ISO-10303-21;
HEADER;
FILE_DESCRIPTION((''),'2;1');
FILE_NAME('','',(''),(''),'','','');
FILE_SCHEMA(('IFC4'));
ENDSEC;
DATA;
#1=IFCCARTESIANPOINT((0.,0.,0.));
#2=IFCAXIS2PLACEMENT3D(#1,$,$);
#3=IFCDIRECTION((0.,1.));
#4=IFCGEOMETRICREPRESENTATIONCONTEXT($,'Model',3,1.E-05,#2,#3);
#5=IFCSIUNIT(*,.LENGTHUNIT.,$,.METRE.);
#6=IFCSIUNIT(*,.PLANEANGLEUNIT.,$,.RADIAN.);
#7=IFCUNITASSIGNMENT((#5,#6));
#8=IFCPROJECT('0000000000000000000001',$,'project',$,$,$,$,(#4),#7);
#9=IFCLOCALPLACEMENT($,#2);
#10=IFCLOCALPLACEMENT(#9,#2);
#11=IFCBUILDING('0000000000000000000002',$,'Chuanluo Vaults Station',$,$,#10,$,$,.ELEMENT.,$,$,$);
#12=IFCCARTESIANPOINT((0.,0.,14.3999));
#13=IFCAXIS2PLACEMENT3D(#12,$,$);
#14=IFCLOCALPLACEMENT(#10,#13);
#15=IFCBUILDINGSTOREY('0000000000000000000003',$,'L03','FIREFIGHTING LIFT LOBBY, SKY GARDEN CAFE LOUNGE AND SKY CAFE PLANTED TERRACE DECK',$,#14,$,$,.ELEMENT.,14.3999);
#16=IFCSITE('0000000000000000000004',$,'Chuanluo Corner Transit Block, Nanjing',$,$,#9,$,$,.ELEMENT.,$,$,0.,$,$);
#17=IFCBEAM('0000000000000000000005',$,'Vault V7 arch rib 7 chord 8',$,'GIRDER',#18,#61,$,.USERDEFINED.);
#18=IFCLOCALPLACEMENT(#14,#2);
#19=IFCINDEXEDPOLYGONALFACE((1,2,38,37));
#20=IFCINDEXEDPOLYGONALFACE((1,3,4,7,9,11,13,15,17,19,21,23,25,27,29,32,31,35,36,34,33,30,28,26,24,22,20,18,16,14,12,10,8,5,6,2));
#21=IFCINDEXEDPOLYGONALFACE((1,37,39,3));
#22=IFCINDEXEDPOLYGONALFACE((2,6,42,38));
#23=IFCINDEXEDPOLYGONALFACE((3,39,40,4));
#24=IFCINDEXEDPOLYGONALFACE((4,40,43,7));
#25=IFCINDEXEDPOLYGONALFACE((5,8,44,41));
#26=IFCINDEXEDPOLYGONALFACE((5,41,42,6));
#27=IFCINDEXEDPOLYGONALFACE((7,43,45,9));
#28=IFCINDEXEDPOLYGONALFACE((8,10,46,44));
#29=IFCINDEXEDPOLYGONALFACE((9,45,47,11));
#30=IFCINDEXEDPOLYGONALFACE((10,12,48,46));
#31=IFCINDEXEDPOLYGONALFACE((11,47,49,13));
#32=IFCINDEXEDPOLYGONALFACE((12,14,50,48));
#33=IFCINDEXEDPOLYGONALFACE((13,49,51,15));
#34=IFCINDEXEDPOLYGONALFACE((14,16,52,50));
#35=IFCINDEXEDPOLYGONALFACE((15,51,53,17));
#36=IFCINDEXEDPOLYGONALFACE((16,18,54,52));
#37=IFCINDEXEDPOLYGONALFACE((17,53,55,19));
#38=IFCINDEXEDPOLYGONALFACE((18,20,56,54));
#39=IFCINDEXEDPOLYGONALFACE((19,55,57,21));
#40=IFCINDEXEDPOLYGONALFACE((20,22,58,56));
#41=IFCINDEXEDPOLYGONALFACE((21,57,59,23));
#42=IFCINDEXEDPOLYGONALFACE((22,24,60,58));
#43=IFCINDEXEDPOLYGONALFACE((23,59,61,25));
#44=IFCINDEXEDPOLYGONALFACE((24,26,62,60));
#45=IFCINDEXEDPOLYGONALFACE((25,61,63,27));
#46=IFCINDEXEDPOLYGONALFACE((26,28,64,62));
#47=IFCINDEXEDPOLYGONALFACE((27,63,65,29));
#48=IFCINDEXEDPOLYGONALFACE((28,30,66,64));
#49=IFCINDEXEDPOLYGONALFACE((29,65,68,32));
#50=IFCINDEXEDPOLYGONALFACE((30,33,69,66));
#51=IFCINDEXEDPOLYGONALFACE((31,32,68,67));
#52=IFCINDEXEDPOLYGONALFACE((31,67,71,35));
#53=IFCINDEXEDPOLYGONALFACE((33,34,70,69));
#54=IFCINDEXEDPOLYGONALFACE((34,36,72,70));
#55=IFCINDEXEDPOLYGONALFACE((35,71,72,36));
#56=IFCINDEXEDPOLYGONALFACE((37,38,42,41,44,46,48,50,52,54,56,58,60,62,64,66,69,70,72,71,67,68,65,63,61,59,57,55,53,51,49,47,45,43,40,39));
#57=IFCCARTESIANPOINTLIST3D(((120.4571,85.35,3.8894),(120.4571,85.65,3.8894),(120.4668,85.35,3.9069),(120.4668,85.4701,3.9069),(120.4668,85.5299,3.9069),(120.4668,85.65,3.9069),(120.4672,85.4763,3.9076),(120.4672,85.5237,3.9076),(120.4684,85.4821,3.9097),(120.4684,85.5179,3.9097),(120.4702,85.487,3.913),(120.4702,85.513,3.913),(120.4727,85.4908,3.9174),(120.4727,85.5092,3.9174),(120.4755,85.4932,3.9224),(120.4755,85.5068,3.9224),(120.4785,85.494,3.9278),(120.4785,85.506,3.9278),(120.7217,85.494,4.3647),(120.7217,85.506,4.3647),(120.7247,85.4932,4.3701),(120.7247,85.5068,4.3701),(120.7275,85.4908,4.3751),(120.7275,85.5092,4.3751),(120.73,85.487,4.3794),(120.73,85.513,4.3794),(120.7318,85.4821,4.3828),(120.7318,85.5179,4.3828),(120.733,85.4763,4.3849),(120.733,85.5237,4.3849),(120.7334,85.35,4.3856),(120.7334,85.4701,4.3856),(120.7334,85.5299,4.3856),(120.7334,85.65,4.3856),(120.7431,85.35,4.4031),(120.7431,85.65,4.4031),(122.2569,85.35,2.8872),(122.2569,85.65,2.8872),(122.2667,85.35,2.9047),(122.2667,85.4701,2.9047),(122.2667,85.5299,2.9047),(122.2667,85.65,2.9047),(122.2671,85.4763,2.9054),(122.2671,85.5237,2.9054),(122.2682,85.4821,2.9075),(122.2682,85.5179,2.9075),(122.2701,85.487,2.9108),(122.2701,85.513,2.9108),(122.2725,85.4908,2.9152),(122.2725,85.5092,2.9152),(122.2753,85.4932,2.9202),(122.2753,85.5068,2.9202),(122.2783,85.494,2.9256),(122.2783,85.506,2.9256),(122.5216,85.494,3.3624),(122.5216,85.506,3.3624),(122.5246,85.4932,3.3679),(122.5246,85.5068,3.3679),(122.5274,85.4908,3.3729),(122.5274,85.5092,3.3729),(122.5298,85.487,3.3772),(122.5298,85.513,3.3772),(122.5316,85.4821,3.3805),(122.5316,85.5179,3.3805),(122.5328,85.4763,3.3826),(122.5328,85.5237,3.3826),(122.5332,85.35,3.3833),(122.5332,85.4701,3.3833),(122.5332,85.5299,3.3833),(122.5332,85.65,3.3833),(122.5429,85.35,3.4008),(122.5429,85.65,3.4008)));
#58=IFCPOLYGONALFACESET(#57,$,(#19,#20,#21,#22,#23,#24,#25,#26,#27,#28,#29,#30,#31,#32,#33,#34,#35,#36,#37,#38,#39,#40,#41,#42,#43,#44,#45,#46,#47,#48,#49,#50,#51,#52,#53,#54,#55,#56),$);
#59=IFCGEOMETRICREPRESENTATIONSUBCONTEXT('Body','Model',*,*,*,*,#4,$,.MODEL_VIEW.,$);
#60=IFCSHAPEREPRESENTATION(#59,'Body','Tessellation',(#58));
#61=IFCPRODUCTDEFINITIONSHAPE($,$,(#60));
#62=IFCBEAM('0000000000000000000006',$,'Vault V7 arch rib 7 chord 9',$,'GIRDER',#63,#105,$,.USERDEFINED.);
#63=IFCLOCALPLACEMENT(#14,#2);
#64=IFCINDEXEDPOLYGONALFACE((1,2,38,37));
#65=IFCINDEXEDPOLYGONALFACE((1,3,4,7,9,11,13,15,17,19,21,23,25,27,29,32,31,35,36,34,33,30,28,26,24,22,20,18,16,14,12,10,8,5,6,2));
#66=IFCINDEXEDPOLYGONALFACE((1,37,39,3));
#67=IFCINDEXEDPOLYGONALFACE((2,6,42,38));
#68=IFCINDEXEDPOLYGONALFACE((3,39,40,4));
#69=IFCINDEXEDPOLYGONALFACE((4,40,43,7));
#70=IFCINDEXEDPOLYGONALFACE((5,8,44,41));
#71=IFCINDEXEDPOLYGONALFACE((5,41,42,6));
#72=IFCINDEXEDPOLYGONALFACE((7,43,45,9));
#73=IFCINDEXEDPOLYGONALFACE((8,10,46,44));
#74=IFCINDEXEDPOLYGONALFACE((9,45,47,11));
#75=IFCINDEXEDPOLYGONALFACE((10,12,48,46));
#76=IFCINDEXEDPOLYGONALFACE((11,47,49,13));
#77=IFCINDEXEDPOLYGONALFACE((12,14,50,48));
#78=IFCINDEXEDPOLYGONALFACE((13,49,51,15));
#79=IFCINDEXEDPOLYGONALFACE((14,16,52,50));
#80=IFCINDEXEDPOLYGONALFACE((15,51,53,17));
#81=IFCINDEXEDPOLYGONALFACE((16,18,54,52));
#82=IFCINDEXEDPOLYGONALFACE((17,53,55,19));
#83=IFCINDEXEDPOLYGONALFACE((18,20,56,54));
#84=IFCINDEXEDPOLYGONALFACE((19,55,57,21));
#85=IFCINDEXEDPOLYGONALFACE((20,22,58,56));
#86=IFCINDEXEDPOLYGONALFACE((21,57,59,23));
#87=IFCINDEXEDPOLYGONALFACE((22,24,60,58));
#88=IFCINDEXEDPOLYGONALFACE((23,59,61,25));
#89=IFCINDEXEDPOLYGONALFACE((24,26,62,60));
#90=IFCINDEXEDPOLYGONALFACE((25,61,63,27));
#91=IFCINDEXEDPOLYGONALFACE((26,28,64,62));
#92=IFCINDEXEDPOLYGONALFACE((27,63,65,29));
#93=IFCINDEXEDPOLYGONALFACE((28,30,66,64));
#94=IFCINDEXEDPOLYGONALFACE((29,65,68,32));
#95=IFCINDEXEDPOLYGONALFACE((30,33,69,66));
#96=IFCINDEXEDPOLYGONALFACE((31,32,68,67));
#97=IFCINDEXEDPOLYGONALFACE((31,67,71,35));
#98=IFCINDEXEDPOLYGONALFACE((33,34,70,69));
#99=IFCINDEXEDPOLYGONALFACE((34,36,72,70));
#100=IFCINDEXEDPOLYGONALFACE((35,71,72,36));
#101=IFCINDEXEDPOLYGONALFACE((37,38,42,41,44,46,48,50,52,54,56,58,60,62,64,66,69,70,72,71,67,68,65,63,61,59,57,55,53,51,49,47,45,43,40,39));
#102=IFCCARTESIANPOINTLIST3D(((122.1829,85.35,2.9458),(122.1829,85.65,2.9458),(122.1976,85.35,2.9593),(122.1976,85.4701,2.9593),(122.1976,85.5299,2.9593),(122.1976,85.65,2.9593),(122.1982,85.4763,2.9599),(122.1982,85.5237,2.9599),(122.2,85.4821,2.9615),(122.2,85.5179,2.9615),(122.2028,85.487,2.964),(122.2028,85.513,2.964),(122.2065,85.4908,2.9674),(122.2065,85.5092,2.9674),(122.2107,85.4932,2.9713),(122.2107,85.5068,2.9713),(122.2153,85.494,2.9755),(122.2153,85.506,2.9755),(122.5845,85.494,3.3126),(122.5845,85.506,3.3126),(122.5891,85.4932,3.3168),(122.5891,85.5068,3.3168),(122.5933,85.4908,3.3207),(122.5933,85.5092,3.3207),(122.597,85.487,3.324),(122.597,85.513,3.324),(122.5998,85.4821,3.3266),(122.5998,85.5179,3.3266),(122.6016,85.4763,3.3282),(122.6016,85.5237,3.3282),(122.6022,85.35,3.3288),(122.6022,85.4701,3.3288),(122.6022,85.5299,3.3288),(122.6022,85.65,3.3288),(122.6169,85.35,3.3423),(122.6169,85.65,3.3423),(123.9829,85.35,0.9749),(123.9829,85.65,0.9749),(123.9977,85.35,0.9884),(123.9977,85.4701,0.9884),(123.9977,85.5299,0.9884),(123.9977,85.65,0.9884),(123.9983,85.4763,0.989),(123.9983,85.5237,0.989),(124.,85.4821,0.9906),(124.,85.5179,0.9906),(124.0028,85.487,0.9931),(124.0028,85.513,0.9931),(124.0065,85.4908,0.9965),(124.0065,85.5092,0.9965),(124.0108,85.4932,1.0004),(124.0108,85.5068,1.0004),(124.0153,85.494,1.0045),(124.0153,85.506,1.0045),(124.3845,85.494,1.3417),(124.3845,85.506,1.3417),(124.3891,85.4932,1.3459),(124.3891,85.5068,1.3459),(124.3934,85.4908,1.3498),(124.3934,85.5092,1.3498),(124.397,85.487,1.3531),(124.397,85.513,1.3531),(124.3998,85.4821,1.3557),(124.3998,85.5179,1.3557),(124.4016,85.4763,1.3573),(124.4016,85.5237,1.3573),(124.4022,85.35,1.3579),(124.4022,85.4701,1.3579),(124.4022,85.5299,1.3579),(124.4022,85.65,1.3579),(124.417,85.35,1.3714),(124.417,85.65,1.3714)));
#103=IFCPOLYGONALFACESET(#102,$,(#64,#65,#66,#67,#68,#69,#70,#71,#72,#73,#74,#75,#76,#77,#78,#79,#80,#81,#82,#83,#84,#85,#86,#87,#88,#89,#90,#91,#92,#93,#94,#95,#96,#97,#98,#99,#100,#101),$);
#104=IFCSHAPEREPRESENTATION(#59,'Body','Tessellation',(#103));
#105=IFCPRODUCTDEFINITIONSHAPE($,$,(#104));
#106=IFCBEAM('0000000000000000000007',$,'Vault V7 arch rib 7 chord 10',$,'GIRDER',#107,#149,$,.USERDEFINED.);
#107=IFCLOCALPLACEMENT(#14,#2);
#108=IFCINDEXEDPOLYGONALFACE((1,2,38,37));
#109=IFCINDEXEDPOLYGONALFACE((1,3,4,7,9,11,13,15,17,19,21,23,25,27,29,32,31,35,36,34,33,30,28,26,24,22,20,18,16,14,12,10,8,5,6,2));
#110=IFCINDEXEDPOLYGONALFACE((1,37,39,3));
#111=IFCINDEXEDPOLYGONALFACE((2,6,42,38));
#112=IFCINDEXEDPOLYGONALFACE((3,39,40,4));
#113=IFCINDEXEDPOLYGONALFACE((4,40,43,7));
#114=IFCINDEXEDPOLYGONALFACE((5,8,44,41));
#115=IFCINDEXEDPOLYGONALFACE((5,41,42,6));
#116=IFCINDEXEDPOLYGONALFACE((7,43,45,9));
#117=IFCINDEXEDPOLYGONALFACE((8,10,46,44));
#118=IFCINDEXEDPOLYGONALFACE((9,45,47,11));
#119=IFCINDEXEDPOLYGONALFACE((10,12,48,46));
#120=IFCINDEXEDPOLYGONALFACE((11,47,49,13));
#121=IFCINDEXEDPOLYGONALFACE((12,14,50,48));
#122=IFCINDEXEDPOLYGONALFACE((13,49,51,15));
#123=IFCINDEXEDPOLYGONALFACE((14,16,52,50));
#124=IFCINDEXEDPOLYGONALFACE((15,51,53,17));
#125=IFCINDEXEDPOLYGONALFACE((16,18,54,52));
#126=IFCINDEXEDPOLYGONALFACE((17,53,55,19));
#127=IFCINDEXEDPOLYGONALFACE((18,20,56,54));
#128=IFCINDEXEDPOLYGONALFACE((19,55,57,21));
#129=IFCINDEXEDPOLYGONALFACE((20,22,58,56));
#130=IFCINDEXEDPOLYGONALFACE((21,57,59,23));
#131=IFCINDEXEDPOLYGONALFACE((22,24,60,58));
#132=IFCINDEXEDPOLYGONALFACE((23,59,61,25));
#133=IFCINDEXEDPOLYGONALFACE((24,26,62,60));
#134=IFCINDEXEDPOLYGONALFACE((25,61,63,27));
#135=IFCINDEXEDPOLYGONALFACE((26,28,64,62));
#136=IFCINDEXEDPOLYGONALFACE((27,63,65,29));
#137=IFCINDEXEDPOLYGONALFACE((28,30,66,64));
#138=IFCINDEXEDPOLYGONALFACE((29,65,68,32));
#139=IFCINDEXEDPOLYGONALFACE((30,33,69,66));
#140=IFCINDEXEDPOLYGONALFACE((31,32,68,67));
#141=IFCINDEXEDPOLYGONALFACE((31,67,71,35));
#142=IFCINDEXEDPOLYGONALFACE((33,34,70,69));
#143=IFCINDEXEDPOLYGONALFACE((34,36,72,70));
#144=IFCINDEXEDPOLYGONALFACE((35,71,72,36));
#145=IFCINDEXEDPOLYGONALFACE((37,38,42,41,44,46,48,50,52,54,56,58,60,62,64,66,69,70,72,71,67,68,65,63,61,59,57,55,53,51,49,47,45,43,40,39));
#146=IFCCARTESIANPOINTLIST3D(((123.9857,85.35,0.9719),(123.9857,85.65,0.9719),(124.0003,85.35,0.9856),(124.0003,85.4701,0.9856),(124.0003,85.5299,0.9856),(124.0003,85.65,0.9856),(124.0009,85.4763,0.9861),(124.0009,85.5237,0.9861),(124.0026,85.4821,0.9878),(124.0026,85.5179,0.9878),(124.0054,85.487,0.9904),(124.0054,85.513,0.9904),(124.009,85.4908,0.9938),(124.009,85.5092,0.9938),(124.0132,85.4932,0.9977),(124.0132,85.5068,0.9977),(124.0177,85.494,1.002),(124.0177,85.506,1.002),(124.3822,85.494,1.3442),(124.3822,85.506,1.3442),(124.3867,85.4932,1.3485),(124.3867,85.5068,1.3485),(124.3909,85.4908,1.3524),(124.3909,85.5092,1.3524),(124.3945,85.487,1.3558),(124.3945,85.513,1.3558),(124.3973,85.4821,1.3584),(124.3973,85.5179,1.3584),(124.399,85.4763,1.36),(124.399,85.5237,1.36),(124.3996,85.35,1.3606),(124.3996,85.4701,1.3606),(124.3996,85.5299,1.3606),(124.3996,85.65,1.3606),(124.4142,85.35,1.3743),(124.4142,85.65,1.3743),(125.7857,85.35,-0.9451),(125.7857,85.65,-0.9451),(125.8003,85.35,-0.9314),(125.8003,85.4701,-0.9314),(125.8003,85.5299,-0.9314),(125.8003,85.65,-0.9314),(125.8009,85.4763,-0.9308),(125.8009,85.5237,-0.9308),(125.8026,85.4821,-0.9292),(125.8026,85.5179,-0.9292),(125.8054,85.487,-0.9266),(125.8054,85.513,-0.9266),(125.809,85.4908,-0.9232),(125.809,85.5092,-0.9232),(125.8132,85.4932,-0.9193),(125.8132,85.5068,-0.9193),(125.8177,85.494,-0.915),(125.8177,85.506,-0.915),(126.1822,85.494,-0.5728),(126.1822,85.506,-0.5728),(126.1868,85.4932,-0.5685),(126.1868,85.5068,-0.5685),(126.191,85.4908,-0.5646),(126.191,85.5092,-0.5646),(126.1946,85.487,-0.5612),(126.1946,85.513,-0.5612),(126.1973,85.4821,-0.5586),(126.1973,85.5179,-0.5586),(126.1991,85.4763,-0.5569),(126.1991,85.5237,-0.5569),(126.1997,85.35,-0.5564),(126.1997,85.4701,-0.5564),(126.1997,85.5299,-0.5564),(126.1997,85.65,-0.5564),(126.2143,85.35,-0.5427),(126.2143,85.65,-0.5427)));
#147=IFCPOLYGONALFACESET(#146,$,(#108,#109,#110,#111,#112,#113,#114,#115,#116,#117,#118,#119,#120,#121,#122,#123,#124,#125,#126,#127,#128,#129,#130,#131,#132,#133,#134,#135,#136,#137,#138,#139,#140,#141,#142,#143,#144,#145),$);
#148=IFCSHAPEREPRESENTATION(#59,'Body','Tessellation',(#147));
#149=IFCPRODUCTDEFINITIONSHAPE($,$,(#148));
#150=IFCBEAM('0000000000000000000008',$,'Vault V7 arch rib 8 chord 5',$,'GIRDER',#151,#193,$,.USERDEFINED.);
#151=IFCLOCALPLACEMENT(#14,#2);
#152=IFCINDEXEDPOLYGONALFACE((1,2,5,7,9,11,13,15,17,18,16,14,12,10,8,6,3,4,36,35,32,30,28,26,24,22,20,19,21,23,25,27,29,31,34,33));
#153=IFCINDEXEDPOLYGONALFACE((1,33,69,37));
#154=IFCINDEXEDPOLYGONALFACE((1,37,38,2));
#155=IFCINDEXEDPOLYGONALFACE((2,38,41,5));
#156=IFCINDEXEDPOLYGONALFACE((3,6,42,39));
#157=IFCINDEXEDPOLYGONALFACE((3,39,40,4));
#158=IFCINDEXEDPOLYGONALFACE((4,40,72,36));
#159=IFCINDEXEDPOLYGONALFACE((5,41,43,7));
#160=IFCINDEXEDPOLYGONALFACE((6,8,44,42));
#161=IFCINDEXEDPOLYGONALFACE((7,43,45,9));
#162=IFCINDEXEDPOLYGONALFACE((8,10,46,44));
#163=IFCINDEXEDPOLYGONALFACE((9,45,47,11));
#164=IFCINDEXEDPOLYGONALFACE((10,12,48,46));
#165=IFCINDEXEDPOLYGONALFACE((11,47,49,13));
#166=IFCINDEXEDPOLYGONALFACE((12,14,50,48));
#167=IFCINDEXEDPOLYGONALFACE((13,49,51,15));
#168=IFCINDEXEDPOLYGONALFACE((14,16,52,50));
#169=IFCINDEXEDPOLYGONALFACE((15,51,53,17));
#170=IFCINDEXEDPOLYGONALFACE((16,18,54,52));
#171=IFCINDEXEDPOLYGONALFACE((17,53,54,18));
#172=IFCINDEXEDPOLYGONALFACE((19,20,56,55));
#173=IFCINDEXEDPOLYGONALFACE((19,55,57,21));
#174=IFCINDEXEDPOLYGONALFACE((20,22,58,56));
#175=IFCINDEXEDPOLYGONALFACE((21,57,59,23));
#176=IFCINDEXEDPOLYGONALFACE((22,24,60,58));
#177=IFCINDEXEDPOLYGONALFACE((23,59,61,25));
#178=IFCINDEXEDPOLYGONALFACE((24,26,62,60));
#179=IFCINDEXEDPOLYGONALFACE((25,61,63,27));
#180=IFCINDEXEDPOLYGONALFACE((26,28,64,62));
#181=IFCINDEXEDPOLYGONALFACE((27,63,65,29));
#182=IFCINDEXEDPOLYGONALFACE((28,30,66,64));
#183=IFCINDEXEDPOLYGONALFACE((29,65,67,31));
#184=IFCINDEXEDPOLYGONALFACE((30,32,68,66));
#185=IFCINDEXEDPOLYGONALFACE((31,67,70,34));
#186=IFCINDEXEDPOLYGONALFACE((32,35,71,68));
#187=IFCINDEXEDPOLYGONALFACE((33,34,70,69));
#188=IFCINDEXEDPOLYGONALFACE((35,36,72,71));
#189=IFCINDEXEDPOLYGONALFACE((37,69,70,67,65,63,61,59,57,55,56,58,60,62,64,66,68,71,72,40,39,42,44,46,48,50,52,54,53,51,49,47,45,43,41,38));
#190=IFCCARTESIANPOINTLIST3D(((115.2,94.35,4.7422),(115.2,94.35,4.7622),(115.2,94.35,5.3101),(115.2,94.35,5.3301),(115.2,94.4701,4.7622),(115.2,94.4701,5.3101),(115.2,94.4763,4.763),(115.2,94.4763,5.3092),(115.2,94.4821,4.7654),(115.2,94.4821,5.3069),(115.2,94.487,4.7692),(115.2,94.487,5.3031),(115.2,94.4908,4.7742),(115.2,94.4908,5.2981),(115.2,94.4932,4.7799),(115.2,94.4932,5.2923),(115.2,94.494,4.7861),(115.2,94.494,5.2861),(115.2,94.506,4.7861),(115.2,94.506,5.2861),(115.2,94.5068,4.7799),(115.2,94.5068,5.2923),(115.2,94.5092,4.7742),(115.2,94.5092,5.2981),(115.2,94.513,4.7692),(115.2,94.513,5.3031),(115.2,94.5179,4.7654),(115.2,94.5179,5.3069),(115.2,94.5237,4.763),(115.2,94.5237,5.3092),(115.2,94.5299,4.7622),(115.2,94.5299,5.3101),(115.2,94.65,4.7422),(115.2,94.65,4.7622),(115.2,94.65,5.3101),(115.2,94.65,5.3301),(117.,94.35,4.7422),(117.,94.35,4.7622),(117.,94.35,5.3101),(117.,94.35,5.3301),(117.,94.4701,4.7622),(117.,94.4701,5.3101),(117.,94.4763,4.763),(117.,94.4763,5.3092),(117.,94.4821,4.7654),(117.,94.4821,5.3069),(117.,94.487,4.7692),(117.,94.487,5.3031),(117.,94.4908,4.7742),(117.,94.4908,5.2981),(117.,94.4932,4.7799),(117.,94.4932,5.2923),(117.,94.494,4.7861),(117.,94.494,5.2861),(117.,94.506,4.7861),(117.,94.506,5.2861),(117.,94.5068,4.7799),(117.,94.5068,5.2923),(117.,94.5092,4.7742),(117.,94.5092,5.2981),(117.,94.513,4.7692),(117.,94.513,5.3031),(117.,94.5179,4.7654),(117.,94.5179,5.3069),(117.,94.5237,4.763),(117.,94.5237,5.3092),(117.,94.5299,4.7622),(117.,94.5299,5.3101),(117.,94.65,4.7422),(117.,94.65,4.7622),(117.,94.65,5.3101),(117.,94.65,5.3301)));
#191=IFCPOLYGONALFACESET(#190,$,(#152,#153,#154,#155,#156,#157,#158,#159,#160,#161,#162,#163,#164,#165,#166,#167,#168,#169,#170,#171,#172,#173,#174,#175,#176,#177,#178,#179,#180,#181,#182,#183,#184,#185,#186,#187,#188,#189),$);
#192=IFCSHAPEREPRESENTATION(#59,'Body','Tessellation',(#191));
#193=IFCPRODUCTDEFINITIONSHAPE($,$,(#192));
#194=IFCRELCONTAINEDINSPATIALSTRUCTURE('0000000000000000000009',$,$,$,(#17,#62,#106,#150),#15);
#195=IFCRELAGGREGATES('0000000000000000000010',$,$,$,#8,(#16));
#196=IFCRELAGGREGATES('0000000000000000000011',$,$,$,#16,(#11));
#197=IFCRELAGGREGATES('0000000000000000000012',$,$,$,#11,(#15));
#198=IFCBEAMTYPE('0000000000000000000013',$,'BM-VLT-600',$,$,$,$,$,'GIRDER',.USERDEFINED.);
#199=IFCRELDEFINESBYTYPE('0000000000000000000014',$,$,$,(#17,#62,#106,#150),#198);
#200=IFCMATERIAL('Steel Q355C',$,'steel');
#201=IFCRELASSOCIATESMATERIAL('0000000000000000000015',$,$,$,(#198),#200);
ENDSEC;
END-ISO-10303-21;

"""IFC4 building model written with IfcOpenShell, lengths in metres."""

from ifc_helpers import new_model, si_unit, direction, frame, origin, origin_2d, place, context, subcontext, project, spatial, i_section, extrude, material, material_profile, profile_set, type_object, element, save


model = new_model("IFC4")

# Units and contexts
model_context = context("Model", 3, precision=1e-05, world=origin(), true_north=direction((0.0, 1.0)))
body_context = subcontext(model_context, "Body", "Model", "MODEL_VIEW")
ifc_project = project(units=[si_unit("LENGTHUNIT", "METRE"), si_unit("PLANEANGLEUNIT", "RADIAN")], contexts=[model_context])

# Site, building, storey
site_placement = place(None, origin())
site = spatial("IfcSite", under=ifc_project, at=site_placement, Name="Chuanluo Corner Transit Block, Nanjing", CompositionType="ELEMENT", RefElevation=0.0)
building_placement = place(site_placement, origin())
building = spatial("IfcBuilding", under=site, at=building_placement, Name="Chuanluo Vaults Station", CompositionType="ELEMENT")
storey_placement = place(building_placement, frame((0.0, 0.0, 14.3999)))
storey = spatial("IfcBuildingStorey", under=building, at=storey_placement, Name="L03", Description="FIREFIGHTING LIFT LOBBY, SKY GARDEN CAFE LOUNGE AND SKY CAFE PLANTED TERRACE DECK", CompositionType="ELEMENT", Elevation=14.3999)

# Beams
ifc_material_1 = material(Name="Steel Q355C", Category="steel")
ifc_material_profile_1 = material_profile(ifc_material_1, i_section(OverallWidth=0.3, OverallDepth=0.5879, WebThickness=0.012, FlangeThickness=0.02, FilletRadius=0.0239, at=origin_2d()))
ifc_profile_set_1 = profile_set([ifc_material_profile_1], Name="Steel Q355C")
beam_type_1 = type_object("IfcBeamType", Name="BM-VLT-600", ElementType="GIRDER", PredefinedType="USERDEFINED", material=ifc_profile_set_1)
beam_1_placement = place(storey_placement, frame((120.6001, 85.5, 4.1462), z_axis=(0.873682, 0.0, -0.486498), x_axis=(0.0, 1.0, 0.0)))
element("IfcBeam", 1, at=beam_1_placement, inside=storey, type_object=beam_type_1, Name="Vault V7 arch rib 7 chord 8", ObjectType="GIRDER", PredefinedType="USERDEFINED", context=body_context, shape_type="SweptSolid", body=[
    extrude(i_section(OverallWidth=0.3, OverallDepth=0.5879, WebThickness=0.012, FlangeThickness=0.02, FilletRadius=0.0239, at=origin_2d()), origin(), (0.0, 0.0, 1.0), 2.0601),
])
beam_2_placement = place(storey_placement, frame((122.3999, 85.5, 3.144), z_axis=(0.674369, 0.0, -0.738394), x_axis=(0.0, 1.0, 0.0)))
element("IfcBeam", 2, at=beam_2_placement, inside=storey, type_object=beam_type_1, Name="Vault V7 arch rib 7 chord 9", ObjectType="GIRDER", PredefinedType="USERDEFINED", context=body_context, shape_type="SweptSolid", body=[
    extrude(i_section(OverallWidth=0.3, OverallDepth=0.5879, WebThickness=0.012, FlangeThickness=0.02, FilletRadius=0.0239, at=origin_2d()), origin(), (0.0, 0.0, 1.0), 2.6692),
])
beam_3_placement = place(storey_placement, frame((124.2, 85.5, 1.1731), z_axis=(0.684522, 0.0, -0.728993), x_axis=(0.0, 1.0, 0.0)))
element("IfcBeam", 3, at=beam_3_placement, inside=storey, type_object=beam_type_1, Name="Vault V7 arch rib 7 chord 10", ObjectType="GIRDER", PredefinedType="USERDEFINED", context=body_context, shape_type="SweptSolid", body=[
    extrude(i_section(OverallWidth=0.3, OverallDepth=0.5879, WebThickness=0.012, FlangeThickness=0.02, FilletRadius=0.0239, at=origin_2d()), origin(), (0.0, 0.0, 1.0), 2.6296),
])
for number, where, z_axis, x_axis, name in (
    (4, (115.2, 94.5, 5.0361), (1.0, 0.0, 0.0), (0.0, 1.0, 0.0), "Vault V7 arch rib 8 chord 5"),
):
    element("IfcBeam", number, at=place(storey_placement, frame(where, z_axis=z_axis, x_axis=x_axis)), inside=storey, type_object=beam_type_1, Name=name, ObjectType="GIRDER", PredefinedType="USERDEFINED", context=body_context, shape_type="SweptSolid", body=[
        extrude(i_section(OverallWidth=0.3, OverallDepth=0.5879, WebThickness=0.012, FlangeThickness=0.02, FilletRadius=0.0239, at=origin_2d()), origin(), (0.0, 0.0, 1.0), 1.8),
    ])

save(model, "model.ifc")
